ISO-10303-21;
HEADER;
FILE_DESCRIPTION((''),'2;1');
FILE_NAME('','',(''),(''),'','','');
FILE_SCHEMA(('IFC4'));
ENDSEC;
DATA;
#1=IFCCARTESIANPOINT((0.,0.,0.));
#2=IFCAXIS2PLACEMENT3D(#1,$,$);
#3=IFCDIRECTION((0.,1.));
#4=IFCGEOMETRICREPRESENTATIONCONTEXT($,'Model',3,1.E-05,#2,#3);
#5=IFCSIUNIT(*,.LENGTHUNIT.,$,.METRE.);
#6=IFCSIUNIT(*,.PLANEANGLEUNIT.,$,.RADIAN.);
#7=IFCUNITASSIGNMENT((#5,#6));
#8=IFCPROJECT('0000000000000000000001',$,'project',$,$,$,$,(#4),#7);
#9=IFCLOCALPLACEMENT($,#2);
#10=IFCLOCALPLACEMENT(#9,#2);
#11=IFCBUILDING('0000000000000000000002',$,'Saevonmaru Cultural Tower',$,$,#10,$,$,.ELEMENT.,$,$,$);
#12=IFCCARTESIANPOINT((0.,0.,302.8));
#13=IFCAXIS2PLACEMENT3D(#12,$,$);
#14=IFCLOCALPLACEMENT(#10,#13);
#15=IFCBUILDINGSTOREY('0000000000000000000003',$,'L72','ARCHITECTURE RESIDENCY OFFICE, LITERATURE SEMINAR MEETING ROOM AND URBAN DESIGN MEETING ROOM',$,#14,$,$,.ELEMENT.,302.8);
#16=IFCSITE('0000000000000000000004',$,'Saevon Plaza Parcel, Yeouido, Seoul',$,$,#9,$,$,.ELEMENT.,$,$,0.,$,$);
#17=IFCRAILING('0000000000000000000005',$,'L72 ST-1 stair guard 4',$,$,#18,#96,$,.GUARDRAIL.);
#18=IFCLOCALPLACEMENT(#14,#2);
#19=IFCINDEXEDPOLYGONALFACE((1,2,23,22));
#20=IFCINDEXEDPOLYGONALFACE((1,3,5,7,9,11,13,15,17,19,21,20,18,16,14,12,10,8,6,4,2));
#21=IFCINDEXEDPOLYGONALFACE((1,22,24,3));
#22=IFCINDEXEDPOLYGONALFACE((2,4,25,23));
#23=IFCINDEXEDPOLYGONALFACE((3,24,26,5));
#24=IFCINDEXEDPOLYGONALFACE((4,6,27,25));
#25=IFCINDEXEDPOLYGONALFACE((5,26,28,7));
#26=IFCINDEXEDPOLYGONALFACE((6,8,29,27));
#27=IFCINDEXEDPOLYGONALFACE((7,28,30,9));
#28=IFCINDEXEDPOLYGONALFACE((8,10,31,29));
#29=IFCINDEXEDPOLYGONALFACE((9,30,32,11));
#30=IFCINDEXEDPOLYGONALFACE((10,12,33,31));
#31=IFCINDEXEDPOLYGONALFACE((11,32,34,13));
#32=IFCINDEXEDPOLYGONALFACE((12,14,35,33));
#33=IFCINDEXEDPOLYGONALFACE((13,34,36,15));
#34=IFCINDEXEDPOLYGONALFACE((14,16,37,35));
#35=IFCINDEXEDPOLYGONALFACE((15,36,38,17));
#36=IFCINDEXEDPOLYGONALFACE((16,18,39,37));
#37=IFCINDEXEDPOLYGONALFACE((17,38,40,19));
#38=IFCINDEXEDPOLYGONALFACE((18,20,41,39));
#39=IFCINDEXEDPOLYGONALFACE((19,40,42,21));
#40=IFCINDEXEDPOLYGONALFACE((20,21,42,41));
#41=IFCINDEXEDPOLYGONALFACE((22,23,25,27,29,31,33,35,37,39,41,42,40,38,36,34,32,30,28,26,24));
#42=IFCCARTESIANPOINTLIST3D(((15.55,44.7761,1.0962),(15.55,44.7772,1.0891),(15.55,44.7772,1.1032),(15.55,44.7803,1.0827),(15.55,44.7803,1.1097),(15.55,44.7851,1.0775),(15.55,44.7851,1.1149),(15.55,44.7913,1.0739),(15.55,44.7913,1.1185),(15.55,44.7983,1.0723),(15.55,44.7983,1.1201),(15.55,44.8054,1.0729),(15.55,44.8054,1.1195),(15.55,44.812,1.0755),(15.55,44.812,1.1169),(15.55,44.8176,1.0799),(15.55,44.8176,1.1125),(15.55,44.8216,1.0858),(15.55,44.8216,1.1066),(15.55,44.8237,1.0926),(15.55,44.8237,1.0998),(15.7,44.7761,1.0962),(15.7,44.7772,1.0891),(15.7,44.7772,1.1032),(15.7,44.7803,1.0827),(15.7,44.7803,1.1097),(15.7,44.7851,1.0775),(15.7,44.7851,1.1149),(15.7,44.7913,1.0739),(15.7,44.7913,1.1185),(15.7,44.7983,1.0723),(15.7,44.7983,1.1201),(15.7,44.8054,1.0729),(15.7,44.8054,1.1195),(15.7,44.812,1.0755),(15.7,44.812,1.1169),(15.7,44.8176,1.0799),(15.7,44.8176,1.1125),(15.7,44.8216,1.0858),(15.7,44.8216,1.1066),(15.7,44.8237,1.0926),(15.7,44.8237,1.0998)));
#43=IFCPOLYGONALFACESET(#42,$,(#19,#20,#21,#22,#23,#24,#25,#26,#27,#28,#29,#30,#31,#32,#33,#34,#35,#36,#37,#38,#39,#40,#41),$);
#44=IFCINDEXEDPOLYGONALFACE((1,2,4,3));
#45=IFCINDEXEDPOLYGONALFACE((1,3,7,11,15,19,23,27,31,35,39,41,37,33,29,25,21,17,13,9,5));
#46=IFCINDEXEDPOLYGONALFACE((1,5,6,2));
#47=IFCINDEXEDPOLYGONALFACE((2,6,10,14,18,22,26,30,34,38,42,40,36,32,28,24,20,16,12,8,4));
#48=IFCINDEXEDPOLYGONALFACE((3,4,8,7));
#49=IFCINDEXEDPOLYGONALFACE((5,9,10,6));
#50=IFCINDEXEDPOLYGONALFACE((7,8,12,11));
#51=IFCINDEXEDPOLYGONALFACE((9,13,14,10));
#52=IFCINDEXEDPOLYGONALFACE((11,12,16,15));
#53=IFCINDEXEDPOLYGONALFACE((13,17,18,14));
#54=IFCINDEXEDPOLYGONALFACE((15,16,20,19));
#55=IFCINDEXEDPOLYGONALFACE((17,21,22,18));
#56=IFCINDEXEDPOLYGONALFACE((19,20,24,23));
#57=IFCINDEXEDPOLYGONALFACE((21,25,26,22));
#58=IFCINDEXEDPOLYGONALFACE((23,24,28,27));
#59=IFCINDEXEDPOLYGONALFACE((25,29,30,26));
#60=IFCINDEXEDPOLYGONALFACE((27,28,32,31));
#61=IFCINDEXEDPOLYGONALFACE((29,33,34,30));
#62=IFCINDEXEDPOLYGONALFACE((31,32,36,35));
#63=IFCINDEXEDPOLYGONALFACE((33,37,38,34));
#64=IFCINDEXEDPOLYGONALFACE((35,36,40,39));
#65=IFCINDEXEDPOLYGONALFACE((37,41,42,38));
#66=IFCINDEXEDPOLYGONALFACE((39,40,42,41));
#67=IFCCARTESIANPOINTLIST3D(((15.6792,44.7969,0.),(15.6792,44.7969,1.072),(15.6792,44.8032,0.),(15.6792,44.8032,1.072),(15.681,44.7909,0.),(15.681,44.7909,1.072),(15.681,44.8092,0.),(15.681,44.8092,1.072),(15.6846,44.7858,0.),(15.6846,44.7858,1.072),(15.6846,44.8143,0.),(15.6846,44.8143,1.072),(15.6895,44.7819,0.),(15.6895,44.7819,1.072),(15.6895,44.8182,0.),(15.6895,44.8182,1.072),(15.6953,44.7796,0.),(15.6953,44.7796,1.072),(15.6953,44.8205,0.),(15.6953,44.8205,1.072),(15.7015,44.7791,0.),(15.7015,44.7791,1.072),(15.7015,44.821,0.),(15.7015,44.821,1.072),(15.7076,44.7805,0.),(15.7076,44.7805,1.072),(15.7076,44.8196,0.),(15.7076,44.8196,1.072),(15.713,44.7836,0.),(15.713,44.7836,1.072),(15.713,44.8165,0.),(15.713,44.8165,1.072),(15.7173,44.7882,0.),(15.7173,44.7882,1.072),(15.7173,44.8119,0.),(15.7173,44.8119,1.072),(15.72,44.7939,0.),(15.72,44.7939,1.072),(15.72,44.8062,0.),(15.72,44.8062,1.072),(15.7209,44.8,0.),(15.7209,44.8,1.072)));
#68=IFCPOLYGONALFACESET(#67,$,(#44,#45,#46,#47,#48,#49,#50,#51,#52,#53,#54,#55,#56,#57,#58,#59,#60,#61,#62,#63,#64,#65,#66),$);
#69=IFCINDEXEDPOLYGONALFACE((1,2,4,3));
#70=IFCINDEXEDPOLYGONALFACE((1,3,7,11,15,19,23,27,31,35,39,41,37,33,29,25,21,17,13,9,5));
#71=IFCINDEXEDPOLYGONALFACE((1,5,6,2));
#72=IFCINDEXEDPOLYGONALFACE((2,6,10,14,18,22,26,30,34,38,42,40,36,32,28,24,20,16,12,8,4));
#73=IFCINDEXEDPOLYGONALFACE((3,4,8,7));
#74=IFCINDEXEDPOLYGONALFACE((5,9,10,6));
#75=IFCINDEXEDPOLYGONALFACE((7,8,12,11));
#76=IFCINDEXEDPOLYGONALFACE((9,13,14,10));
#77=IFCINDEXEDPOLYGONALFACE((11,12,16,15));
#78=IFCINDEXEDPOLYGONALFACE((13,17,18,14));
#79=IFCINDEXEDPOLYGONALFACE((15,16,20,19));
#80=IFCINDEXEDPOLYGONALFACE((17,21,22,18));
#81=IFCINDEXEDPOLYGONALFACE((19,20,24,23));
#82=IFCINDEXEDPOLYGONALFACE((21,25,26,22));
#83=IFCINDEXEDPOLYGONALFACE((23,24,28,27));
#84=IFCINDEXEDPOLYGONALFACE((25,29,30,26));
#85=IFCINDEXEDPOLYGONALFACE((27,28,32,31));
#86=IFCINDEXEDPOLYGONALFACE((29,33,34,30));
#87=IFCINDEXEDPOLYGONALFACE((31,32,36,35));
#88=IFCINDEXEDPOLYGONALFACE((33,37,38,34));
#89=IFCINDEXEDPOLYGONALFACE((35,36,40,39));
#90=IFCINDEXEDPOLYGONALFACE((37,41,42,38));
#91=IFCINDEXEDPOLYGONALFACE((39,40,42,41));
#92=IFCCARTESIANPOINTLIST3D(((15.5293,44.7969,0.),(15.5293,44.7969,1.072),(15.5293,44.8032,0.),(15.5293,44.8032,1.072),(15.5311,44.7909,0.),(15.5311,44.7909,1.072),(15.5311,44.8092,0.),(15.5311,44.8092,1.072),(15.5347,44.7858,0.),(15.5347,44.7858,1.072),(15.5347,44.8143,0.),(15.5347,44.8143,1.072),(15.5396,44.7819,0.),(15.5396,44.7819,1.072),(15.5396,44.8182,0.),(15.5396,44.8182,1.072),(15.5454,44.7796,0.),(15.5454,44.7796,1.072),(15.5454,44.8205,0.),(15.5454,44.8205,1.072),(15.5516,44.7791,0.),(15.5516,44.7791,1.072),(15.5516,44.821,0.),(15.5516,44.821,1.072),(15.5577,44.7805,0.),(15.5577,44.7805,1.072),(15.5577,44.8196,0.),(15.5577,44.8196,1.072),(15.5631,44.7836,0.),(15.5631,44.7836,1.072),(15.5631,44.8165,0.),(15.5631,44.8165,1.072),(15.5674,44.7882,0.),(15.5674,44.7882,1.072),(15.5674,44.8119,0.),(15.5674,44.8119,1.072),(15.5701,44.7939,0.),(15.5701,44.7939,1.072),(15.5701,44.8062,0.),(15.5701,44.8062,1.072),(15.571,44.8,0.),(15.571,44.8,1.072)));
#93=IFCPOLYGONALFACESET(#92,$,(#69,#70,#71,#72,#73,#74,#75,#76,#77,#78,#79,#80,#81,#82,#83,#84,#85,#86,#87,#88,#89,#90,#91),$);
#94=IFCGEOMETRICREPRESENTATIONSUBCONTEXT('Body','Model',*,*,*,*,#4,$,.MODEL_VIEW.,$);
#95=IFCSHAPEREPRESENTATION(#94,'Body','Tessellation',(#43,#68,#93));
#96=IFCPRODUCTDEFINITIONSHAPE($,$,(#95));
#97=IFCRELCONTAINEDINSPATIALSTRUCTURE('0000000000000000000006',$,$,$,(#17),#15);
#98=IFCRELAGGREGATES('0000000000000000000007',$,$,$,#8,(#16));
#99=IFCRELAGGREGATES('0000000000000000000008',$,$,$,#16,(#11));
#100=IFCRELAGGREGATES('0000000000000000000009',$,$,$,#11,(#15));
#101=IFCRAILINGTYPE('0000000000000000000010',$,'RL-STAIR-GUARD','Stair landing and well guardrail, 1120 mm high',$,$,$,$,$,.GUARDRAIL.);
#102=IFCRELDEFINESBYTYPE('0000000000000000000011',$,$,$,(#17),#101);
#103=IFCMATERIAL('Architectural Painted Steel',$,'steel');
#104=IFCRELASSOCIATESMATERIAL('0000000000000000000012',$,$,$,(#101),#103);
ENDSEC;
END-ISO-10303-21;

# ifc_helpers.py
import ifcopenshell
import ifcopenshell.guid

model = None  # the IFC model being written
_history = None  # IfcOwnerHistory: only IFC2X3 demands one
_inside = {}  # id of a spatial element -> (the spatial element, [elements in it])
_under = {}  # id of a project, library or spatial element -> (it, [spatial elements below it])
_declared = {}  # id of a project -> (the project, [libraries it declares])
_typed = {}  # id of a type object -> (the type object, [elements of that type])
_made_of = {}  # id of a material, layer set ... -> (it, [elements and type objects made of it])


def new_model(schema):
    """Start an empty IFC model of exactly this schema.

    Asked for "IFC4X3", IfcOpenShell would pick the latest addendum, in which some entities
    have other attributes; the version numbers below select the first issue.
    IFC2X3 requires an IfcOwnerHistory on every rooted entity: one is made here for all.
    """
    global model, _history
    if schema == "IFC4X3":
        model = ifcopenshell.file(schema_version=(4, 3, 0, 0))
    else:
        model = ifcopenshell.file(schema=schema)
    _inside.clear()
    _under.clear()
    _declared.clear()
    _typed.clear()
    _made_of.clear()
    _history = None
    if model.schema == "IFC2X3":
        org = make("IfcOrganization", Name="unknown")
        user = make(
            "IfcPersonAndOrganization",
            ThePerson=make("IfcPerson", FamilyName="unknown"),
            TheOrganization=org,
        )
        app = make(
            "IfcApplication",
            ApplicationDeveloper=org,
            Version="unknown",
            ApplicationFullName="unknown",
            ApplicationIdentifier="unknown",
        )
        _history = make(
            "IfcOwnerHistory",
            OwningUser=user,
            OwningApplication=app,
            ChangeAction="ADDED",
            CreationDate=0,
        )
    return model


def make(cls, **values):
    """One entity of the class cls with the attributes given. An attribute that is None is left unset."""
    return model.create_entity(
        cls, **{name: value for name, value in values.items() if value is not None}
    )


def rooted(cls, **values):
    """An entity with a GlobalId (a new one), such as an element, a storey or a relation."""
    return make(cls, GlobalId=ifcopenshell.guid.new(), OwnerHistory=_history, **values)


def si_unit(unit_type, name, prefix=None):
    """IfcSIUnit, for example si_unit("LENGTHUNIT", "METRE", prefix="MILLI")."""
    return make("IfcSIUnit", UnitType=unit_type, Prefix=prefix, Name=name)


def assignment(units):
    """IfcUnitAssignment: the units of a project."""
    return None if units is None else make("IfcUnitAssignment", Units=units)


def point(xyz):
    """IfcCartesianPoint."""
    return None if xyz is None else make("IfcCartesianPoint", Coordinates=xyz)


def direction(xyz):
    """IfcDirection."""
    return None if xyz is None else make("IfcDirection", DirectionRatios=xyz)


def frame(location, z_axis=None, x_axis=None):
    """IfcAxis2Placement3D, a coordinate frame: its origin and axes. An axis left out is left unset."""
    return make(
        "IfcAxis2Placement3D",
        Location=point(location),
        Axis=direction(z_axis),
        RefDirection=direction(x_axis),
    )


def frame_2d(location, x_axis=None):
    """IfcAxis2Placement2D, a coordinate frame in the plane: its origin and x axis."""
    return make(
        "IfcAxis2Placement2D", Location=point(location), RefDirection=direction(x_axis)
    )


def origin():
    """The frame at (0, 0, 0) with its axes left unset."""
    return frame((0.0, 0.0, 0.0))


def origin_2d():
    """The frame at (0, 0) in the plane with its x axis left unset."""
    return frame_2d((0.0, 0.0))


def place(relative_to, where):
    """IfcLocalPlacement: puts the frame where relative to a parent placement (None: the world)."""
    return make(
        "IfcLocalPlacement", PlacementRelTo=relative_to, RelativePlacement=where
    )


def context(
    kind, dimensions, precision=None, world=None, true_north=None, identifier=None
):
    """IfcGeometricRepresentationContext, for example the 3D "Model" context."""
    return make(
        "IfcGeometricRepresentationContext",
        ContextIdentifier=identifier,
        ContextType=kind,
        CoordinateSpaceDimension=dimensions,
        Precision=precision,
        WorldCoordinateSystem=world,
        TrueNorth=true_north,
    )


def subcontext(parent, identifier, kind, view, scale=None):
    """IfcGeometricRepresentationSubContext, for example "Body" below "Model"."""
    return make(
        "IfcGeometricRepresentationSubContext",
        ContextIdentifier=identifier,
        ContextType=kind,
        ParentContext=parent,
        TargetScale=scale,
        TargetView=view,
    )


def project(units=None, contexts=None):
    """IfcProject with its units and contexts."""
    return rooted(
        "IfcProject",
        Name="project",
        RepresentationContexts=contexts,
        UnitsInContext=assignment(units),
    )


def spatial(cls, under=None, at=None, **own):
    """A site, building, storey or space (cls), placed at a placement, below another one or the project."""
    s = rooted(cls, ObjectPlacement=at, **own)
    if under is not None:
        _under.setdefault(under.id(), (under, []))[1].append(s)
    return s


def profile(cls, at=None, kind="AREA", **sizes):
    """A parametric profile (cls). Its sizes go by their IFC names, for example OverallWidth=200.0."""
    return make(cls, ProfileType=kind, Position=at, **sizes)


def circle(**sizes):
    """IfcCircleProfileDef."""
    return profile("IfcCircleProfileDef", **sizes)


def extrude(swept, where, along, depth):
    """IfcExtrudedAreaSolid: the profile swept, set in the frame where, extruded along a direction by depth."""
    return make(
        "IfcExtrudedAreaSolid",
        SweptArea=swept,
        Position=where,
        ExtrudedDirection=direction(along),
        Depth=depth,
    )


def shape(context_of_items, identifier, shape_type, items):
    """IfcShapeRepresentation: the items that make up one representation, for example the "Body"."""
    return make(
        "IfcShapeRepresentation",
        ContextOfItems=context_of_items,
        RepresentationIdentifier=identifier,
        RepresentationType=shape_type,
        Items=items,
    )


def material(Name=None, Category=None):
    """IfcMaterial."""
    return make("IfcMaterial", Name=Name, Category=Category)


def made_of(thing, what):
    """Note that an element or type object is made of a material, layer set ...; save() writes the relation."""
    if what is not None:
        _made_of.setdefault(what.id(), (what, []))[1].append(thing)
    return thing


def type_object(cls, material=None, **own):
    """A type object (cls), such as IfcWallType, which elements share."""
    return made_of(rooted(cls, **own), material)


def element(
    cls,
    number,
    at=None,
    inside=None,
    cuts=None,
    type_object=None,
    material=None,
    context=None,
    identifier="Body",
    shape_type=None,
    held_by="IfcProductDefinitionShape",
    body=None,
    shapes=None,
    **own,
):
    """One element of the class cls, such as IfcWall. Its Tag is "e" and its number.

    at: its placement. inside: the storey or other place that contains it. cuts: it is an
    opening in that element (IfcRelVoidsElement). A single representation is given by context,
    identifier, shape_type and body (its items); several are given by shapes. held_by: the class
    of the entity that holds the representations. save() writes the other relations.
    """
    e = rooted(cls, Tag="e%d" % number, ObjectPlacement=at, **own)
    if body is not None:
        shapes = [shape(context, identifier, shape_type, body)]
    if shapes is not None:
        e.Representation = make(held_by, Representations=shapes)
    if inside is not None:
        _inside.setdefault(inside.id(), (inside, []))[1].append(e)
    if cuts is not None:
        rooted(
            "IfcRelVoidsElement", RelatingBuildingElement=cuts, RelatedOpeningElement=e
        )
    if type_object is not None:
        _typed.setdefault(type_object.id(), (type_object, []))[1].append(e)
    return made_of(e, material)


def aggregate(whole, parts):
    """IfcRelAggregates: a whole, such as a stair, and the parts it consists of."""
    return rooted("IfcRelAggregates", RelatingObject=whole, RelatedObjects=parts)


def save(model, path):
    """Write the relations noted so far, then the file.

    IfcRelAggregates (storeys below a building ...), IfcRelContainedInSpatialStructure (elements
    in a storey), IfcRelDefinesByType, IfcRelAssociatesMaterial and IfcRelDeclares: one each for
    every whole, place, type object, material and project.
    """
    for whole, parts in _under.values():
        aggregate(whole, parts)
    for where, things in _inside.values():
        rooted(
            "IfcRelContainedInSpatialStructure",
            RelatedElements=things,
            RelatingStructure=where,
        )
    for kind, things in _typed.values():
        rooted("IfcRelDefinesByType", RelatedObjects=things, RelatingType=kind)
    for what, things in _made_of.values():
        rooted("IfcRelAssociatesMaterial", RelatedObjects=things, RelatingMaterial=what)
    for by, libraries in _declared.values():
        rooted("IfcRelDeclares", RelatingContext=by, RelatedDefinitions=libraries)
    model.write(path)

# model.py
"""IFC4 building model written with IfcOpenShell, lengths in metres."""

from ifc_helpers import new_model, si_unit, direction, frame, origin, origin_2d, place, context, subcontext, project, spatial, circle, extrude, material, type_object, element, save


model = new_model("IFC4")

# Units and contexts
model_context = context("Model", 3, precision=1e-05, world=origin(), true_north=direction((0.0, 1.0)))
body_context = subcontext(model_context, "Body", "Model", "MODEL_VIEW")
ifc_project = project(units=[si_unit("LENGTHUNIT", "METRE"), si_unit("PLANEANGLEUNIT", "RADIAN")], contexts=[model_context])

# Site, building, storey
site_placement = place(None, origin())
site = spatial("IfcSite", under=ifc_project, at=site_placement, Name="Saevon Plaza Parcel, Yeouido, Seoul", CompositionType="ELEMENT", RefElevation=0.0)
building_placement = place(site_placement, origin())
building = spatial("IfcBuilding", under=site, at=building_placement, Name="Saevonmaru Cultural Tower", CompositionType="ELEMENT")
storey_placement = place(building_placement, frame((0.0, 0.0, 302.8)))
storey = spatial("IfcBuildingStorey", under=building, at=storey_placement, Name="L72", Description="ARCHITECTURE RESIDENCY OFFICE, LITERATURE SEMINAR MEETING ROOM AND URBAN DESIGN MEETING ROOM", CompositionType="ELEMENT", Elevation=302.8)

# Railing
ifc_material_1 = material(Name="Architectural Painted Steel", Category="steel")
railing_type_1 = type_object("IfcRailingType", Name="RL-STAIR-GUARD", Description="Stair landing and well guardrail, 1120 mm high", PredefinedType="GUARDRAIL", material=ifc_material_1)
railing_1_placement = place(storey_placement, frame((15.7, 44.8, 0.0)))
element("IfcRailing", 1, at=railing_1_placement, inside=storey, type_object=railing_type_1, Name="L72 ST-1 stair guard 4", PredefinedType="GUARDRAIL", context=body_context, shape_type="SweptSolid", body=[
    extrude(circle(Radius=0.0239, at=origin_2d()), frame((0.0, 0.0, 1.0962), z_axis=(-1.0, 0.0, 0.0), x_axis=(0.0, -1.0, 0.0)), (0.0, 0.0, 1.0), 0.1499),
    extrude(circle(Radius=0.021, at=origin_2d()), origin(), (0.0, 0.0, 1.0), 1.072),
    extrude(circle(Radius=0.021, at=origin_2d()), frame((-0.1499, 0.0, 0.0)), (0.0, 0.0, 1.0), 1.072),
])

save(model, "model.ifc")
